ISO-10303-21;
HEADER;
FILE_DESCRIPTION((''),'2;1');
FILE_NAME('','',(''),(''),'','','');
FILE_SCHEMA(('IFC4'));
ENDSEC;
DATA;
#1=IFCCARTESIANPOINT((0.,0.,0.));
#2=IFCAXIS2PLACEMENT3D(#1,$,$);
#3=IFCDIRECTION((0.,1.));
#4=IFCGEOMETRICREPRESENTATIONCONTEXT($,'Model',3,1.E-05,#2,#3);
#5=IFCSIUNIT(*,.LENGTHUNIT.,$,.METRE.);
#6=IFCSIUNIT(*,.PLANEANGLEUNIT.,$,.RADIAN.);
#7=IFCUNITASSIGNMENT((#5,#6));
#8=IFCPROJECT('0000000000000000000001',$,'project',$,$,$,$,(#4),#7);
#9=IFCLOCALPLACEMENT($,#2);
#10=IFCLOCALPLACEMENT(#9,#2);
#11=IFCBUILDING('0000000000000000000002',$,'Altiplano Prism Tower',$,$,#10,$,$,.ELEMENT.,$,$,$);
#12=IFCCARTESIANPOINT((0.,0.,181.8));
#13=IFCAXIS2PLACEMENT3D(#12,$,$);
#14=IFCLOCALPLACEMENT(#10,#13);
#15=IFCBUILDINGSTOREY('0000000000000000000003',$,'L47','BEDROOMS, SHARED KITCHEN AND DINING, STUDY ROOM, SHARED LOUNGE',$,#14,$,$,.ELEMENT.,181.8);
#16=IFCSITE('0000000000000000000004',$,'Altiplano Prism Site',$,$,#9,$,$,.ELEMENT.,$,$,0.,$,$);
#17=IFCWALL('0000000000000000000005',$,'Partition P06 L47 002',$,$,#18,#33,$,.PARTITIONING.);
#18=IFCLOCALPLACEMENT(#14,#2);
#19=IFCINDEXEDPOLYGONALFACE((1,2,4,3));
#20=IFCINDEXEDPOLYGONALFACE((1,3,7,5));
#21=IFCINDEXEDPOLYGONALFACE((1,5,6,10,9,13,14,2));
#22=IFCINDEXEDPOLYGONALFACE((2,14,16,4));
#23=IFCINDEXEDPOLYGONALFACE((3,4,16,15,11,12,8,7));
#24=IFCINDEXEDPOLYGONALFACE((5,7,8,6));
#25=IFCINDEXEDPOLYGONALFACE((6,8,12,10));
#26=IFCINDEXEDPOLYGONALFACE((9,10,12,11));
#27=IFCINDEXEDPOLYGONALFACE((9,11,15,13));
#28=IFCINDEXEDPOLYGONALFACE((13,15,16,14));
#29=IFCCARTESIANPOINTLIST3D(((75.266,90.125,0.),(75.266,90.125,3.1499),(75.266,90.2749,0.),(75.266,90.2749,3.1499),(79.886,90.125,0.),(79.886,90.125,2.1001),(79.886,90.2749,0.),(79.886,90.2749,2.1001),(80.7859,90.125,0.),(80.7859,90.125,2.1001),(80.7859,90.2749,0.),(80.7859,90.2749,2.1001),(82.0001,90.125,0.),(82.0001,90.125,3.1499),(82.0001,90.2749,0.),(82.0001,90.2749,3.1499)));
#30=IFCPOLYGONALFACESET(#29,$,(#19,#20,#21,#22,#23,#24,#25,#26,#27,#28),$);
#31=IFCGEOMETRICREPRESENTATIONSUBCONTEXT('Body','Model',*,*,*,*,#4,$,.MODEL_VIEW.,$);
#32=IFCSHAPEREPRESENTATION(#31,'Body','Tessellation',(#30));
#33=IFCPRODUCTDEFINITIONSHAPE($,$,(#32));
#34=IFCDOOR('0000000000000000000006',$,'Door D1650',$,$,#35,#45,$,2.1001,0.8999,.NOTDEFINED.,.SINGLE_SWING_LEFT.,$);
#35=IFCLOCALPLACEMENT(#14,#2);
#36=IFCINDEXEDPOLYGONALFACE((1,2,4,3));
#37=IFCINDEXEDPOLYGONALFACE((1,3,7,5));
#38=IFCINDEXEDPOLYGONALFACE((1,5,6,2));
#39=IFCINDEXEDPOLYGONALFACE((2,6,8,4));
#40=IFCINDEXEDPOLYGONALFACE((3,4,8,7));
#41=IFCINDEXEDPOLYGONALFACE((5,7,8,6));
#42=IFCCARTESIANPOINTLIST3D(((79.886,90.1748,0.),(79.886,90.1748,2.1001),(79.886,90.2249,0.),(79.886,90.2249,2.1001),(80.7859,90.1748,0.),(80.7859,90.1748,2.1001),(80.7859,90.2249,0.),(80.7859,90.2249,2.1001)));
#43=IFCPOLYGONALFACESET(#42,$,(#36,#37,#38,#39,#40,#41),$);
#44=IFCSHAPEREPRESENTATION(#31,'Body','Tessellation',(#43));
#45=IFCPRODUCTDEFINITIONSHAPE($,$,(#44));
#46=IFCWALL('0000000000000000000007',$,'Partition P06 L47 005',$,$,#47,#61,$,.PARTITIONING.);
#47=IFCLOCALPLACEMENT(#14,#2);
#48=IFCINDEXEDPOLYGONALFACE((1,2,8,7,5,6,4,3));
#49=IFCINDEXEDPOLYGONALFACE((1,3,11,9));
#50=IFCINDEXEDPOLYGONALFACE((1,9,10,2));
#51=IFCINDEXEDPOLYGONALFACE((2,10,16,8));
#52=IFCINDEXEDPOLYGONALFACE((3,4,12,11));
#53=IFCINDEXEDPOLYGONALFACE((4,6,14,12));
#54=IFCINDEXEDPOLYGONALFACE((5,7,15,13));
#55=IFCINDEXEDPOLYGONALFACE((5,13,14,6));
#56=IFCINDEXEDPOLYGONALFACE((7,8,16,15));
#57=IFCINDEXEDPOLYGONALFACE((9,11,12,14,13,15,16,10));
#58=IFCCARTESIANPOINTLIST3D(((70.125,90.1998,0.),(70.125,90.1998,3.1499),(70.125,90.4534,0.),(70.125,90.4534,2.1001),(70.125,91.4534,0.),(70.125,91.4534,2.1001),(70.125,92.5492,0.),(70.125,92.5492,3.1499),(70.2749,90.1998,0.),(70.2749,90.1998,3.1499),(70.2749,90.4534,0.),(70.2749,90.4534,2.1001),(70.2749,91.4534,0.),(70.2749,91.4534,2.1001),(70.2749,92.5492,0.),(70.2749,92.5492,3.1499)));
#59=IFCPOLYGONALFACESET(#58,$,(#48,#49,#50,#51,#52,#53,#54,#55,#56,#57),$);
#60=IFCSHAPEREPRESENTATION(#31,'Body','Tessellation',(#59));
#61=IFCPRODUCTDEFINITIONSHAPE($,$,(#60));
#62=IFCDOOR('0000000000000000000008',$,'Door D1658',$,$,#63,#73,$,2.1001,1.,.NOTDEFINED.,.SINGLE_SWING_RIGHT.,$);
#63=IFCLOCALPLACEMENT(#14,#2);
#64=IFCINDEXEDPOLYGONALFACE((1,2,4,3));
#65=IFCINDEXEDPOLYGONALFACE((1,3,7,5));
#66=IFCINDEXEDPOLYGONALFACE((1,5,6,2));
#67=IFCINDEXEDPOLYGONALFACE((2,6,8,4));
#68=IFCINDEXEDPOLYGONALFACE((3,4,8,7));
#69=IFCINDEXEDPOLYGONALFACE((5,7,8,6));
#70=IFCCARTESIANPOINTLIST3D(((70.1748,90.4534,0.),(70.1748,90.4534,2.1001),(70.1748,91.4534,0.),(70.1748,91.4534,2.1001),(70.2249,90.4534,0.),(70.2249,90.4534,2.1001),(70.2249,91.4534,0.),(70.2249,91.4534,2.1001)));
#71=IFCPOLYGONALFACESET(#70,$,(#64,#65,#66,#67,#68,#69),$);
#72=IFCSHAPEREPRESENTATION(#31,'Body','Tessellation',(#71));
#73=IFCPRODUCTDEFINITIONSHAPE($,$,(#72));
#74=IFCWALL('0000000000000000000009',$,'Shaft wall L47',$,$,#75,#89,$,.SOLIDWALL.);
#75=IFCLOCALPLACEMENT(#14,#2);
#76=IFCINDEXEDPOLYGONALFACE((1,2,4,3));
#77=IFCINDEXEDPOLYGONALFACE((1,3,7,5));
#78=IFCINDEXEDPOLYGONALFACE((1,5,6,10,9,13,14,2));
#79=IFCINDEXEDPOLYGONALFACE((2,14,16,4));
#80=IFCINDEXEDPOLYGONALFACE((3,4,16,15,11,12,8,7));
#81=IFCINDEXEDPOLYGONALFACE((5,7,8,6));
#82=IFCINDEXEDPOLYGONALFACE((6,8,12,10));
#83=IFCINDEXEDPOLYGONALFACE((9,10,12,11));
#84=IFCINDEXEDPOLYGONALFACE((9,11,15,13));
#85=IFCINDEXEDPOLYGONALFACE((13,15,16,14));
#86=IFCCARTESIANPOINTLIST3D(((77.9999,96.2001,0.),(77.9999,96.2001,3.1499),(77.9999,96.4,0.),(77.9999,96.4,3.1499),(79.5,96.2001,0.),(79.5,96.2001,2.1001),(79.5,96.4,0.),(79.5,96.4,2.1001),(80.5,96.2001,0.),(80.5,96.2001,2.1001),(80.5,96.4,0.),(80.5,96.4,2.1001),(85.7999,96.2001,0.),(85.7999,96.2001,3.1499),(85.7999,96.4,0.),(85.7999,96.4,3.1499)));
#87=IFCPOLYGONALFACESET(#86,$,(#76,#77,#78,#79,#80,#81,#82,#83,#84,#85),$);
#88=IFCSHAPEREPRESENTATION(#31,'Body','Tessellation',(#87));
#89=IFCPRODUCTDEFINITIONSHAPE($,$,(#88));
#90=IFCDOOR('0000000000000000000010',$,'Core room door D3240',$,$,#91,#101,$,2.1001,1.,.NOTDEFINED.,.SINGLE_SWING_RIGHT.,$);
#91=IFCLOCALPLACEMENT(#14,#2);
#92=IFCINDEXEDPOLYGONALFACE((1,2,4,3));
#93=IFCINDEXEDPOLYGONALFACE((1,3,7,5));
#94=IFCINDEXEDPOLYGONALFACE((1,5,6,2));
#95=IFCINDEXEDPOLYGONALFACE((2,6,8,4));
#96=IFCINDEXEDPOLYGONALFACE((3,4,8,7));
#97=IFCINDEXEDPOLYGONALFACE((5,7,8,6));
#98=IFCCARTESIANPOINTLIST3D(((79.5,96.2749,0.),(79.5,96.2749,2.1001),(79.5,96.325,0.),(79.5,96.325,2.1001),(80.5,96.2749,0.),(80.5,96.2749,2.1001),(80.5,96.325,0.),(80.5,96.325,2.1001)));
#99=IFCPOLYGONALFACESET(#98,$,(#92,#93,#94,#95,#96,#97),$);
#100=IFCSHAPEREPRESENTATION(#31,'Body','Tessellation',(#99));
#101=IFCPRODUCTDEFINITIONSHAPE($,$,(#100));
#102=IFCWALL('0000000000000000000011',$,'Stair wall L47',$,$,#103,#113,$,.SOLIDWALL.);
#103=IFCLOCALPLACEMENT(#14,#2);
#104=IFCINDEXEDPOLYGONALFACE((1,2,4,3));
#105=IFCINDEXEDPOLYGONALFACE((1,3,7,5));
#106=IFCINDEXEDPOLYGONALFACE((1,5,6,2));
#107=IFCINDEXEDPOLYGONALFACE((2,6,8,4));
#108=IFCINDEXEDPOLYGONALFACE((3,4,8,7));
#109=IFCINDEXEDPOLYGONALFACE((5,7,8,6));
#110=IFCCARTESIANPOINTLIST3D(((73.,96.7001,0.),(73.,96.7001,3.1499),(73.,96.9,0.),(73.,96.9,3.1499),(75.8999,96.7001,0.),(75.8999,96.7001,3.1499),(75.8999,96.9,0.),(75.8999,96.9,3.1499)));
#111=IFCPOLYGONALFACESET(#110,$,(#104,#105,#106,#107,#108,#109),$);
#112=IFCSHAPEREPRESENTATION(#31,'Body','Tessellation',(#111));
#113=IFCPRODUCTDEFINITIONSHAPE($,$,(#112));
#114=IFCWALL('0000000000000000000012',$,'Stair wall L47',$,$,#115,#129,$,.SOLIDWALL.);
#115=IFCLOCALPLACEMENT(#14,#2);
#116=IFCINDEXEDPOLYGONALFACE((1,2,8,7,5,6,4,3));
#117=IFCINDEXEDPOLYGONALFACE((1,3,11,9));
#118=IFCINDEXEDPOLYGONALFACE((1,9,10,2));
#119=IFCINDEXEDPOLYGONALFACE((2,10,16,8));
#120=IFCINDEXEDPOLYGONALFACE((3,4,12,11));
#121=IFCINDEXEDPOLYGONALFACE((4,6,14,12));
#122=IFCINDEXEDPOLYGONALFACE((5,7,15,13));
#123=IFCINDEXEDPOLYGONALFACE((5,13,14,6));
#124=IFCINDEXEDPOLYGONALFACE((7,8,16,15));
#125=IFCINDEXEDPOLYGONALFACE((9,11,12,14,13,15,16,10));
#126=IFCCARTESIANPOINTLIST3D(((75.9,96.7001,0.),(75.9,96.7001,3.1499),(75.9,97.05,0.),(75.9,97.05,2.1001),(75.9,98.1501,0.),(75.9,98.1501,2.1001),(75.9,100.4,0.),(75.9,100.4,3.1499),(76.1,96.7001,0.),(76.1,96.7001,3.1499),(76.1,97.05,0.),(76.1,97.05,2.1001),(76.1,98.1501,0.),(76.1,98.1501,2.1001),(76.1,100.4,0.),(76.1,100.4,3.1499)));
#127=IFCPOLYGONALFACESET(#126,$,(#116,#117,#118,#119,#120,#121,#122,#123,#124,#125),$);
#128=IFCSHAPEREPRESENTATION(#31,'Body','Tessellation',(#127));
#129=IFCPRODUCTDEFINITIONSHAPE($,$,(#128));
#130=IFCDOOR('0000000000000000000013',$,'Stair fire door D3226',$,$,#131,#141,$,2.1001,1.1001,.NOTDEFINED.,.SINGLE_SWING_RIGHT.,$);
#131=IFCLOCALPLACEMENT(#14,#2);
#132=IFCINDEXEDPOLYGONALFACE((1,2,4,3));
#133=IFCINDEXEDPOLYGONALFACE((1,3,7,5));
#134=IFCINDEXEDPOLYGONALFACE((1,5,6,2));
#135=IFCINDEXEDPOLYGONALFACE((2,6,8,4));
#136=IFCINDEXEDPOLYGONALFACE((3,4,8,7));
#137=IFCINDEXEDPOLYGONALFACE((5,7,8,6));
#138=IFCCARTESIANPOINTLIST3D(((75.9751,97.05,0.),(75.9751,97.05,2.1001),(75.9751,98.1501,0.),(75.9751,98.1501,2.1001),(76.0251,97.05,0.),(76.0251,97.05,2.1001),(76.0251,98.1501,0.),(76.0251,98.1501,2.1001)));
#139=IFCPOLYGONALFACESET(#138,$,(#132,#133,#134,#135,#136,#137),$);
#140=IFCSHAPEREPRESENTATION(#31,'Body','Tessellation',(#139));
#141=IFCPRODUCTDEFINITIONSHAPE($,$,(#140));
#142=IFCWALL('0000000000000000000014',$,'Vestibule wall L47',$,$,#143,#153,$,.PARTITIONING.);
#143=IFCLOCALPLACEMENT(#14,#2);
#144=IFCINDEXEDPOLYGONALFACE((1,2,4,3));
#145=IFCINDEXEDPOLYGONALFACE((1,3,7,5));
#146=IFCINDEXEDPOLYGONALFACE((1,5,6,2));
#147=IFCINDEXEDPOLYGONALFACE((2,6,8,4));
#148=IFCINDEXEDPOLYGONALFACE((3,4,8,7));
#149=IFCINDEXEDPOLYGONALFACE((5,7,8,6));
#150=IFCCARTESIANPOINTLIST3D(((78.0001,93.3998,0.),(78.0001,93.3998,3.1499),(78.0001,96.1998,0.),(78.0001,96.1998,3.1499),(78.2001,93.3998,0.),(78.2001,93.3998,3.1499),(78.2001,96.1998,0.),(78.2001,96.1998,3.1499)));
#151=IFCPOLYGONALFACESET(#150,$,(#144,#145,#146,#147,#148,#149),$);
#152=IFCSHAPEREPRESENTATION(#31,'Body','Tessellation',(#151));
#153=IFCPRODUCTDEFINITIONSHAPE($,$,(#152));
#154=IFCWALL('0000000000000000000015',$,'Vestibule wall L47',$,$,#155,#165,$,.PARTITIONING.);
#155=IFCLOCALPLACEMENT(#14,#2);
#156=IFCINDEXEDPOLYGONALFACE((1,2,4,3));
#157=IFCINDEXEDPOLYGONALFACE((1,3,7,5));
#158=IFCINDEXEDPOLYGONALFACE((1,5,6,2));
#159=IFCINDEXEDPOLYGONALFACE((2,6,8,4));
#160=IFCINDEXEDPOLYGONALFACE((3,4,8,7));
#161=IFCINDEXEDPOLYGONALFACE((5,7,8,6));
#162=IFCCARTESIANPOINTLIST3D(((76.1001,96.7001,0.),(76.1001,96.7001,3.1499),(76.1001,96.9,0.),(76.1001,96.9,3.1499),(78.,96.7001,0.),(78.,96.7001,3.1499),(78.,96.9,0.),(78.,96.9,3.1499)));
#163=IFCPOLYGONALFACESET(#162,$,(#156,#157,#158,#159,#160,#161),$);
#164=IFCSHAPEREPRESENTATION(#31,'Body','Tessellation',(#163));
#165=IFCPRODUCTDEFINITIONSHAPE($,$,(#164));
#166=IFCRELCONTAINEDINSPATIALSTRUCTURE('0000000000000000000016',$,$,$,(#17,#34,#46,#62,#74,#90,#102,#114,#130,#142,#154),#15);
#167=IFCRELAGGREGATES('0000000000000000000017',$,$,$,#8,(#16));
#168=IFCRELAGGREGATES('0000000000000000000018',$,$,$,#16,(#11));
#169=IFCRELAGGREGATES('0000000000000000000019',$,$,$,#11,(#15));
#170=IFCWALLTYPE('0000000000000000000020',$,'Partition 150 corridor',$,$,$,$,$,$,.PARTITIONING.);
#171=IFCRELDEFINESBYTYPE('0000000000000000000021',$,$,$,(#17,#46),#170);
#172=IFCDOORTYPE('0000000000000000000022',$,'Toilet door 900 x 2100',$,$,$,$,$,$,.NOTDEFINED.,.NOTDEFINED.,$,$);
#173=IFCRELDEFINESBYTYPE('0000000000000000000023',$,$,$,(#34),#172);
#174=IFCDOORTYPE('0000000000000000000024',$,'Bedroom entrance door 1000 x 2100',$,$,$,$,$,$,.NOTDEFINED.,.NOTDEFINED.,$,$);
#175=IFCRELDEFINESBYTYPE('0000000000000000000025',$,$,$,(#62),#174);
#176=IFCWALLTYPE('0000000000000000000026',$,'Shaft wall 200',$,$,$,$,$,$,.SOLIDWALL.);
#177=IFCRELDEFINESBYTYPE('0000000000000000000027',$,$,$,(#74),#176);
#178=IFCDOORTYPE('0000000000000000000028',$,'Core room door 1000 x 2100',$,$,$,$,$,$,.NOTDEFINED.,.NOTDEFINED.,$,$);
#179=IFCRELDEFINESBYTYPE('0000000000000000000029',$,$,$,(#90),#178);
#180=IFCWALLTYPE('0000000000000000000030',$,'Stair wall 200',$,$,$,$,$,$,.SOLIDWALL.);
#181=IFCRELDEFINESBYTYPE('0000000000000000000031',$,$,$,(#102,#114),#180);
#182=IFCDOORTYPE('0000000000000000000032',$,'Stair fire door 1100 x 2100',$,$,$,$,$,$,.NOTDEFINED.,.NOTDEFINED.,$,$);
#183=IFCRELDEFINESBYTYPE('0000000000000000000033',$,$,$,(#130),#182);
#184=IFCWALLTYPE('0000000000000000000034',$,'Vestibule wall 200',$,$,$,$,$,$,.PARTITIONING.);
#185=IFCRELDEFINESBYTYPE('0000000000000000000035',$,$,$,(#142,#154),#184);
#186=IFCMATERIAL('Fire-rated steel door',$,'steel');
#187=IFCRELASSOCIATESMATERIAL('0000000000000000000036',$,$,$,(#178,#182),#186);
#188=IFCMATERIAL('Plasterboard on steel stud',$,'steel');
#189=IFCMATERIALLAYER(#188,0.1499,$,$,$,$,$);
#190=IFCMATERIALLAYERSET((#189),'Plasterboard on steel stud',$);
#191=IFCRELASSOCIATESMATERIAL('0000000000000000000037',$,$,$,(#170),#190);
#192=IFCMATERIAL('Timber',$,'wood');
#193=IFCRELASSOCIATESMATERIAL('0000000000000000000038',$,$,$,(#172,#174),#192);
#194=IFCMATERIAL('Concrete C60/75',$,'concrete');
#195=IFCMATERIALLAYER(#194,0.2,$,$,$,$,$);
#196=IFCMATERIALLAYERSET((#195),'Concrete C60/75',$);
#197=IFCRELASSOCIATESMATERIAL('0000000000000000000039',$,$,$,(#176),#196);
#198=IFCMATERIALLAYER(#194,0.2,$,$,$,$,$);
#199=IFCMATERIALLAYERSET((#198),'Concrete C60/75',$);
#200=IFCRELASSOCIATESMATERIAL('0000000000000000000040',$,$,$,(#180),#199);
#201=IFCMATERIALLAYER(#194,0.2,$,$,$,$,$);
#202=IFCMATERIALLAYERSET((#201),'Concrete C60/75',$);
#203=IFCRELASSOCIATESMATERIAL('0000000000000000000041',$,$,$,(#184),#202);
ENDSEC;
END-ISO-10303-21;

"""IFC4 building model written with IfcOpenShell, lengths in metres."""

from ifc_helpers import new_model, si_unit, direction, frame, frame_2d, origin, place, context, subcontext, project, spatial, rectangle, extrude, material, layer, layer_set, type_object, element, fill, save


model = new_model("IFC4")

# Units and contexts
model_context = context("Model", 3, precision=1e-05, world=origin(), true_north=direction((0.0, 1.0)))
body_context = subcontext(model_context, "Body", "Model", "MODEL_VIEW")
ifc_project = project(units=[si_unit("LENGTHUNIT", "METRE"), si_unit("PLANEANGLEUNIT", "RADIAN")], contexts=[model_context])

# Site, building, storey
site_placement = place(None, origin())
site = spatial("IfcSite", under=ifc_project, at=site_placement, Name="Altiplano Prism Site", CompositionType="ELEMENT", RefElevation=0.0)
building_placement = place(site_placement, origin())
building = spatial("IfcBuilding", under=site, at=building_placement, Name="Altiplano Prism Tower", CompositionType="ELEMENT")
storey_placement = place(building_placement, frame((0.0, 0.0, 181.8)))
storey = spatial("IfcBuildingStorey", under=building, at=storey_placement, Name="L47", Description="BEDROOMS, SHARED KITCHEN AND DINING, STUDY ROOM, SHARED LOUNGE", CompositionType="ELEMENT", Elevation=181.8)

# Shared definitions
ifc_material_1 = material(Name="Concrete C60/75", Category="concrete")
ifc_material_2 = material(Name="Fire-rated steel door", Category="steel")
door_type_1 = type_object("IfcDoorType", Name="Core room door 1000 x 2100", OperationType="NOTDEFINED", PredefinedType="NOTDEFINED", material=ifc_material_2)

# Walls, openings, doors
ifc_material_3 = material(Name="Plasterboard on steel stud", Category="steel")
ifc_layer_1 = layer(ifc_material_3, 0.1499)
ifc_layer_set_1 = layer_set([ifc_layer_1], Name="Plasterboard on steel stud")
wall_type_1 = type_object("IfcWallType", Name="Partition 150 corridor", PredefinedType="PARTITIONING", material=ifc_layer_set_1)
wall_1_placement = place(storey_placement, frame((75.2659, 90.2, 0.0), z_axis=(0.0, 0.0, 1.0), x_axis=(1.0, 0.0, 0.0)))
wall_1 = element("IfcWall", 1, at=wall_1_placement, inside=storey, type_object=wall_type_1, Name="Partition P06 L47 002", PredefinedType="PARTITIONING", context=body_context, shape_type="SweptSolid", body=[
    extrude(rectangle(XDim=6.7341, YDim=0.1499, at=frame_2d((3.3672, 0.0))), origin(), (0.0, 0.0, 1.0), 3.1499),
])
opening_1_placement = place(wall_1_placement, frame((4.6201, 0.0, 0.0)))
opening_1 = element("IfcOpeningElement", 2, at=opening_1_placement, cuts=wall_1, PredefinedType="OPENING", context=body_context, shape_type="SweptSolid", body=[
    extrude(rectangle(XDim=0.8999, YDim=2.1001, at=frame_2d((0.45, 1.05))), frame((0.0, 0.0854, 0.0), z_axis=(0.0, -1.0, 0.0), x_axis=(1.0, 0.0, 0.0)), (0.0, 0.0, 1.0), 0.1709),
])
ifc_material_4 = material(Name="Timber", Category="wood")
door_type_2 = type_object("IfcDoorType", Name="Toilet door 900 x 2100", OperationType="NOTDEFINED", PredefinedType="NOTDEFINED", material=ifc_material_4)
door_1_placement = place(opening_1_placement, origin())
door_1 = element("IfcDoor", 3, at=door_1_placement, inside=storey, type_object=door_type_2, Name="Door D1650", OperationType="SINGLE_SWING_LEFT", OverallHeight=2.1001, OverallWidth=0.8999, PredefinedType="NOTDEFINED", context=body_context, shape_type="SweptSolid", body=[
    extrude(rectangle(XDim=0.8999, YDim=2.1001, at=frame_2d((0.45, 1.05))), frame((0.0, 0.0249, 0.0), z_axis=(0.0, -1.0, 0.0), x_axis=(1.0, 0.0, 0.0)), (0.0, 0.0, 1.0), 0.05),
])
fill(opening_1, door_1)
wall_2_placement = place(storey_placement, frame((70.2, 92.5493, 0.0), z_axis=(0.0, 0.0, 1.0), x_axis=(0.0, -1.0, 0.0)))
wall_2 = element("IfcWall", 4, at=wall_2_placement, inside=storey, type_object=wall_type_1, Name="Partition P06 L47 005", PredefinedType="PARTITIONING", context=body_context, shape_type="SweptSolid", body=[
    extrude(rectangle(XDim=2.3494, YDim=0.1499, at=frame_2d((1.1748, 0.0))), origin(), (0.0, 0.0, 1.0), 3.1499),
])
opening_2_placement = place(wall_2_placement, frame((1.0959, 0.0, 0.0)))
opening_2 = element("IfcOpeningElement", 5, at=opening_2_placement, cuts=wall_2, PredefinedType="OPENING", context=body_context, shape_type="SweptSolid", body=[
    extrude(rectangle(XDim=1.0, YDim=2.1001, at=frame_2d((0.5, 1.05))), frame((0.0, 0.0854, 0.0), z_axis=(0.0, -1.0, 0.0), x_axis=(1.0, 0.0, 0.0)), (0.0, 0.0, 1.0), 0.1709),
])
door_type_3 = type_object("IfcDoorType", Name="Bedroom entrance door 1000 x 2100", OperationType="NOTDEFINED", PredefinedType="NOTDEFINED", material=ifc_material_4)
door_2_placement = place(opening_2_placement, origin())
door_2 = element("IfcDoor", 6, at=door_2_placement, inside=storey, type_object=door_type_3, Name="Door D1658", OperationType="SINGLE_SWING_RIGHT", OverallHeight=2.1001, OverallWidth=1.0, PredefinedType="NOTDEFINED", context=body_context, shape_type="SweptSolid", body=[
    extrude(rectangle(XDim=1.0, YDim=2.1001, at=frame_2d((0.5, 1.05))), frame((0.0, 0.0249, 0.0), z_axis=(0.0, -1.0, 0.0), x_axis=(1.0, 0.0, 0.0)), (0.0, 0.0, 1.0), 0.05),
])
fill(opening_2, door_2)
ifc_layer_2 = layer(ifc_material_1, 0.2)
ifc_layer_set_2 = layer_set([ifc_layer_2], Name="Concrete C60/75")
wall_type_2 = type_object("IfcWallType", Name="Shaft wall 200", PredefinedType="SOLIDWALL", material=ifc_layer_set_2)
wall_3_placement = place(storey_placement, frame((78.0, 96.3, 0.0), z_axis=(0.0, 0.0, 1.0), x_axis=(1.0, 0.0, 0.0)))
wall_3 = element("IfcWall", 7, at=wall_3_placement, inside=storey, type_object=wall_type_2, Name="Shaft wall L47", PredefinedType="SOLIDWALL", context=body_context, shape_type="SweptSolid", body=[
    extrude(rectangle(XDim=7.8, YDim=0.2, at=frame_2d((3.8999, 0.0))), origin(), (0.0, 0.0, 1.0), 3.1499),
])
opening_3_placement = place(wall_3_placement, frame((1.5, 0.0, 0.0)))
opening_3 = element("IfcOpeningElement", 8, at=opening_3_placement, cuts=wall_3, PredefinedType="OPENING", context=body_context, shape_type="SweptSolid", body=[
    extrude(rectangle(XDim=1.0, YDim=2.1001, at=frame_2d((0.5, 1.05))), frame((0.0, 0.1104, 0.0), z_axis=(0.0, -1.0, 0.0), x_axis=(1.0, 0.0, 0.0)), (0.0, 0.0, 1.0), 0.2209),
])
door_3_placement = place(opening_3_placement, origin())
door_3 = element("IfcDoor", 9, at=door_3_placement, inside=storey, type_object=door_type_1, Name="Core room door D3240", OperationType="SINGLE_SWING_RIGHT", OverallHeight=2.1001, OverallWidth=1.0, PredefinedType="NOTDEFINED", context=body_context, shape_type="SweptSolid", body=[
    extrude(rectangle(XDim=1.0, YDim=2.1001, at=frame_2d((0.5, 1.05))), frame((0.0, 0.0249, 0.0), z_axis=(0.0, -1.0, 0.0), x_axis=(1.0, 0.0, 0.0)), (0.0, 0.0, 1.0), 0.05),
])
fill(opening_3, door_3)

# Wall
ifc_layer_3 = layer(ifc_material_1, 0.2)
ifc_layer_set_3 = layer_set([ifc_layer_3], Name="Concrete C60/75")
wall_type_3 = type_object("IfcWallType", Name="Stair wall 200", PredefinedType="SOLIDWALL", material=ifc_layer_set_3)
wall_4_placement = place(storey_placement, frame((73.0, 96.8, 0.0), z_axis=(0.0, 0.0, 1.0), x_axis=(1.0, 0.0, 0.0)))
element("IfcWall", 10, at=wall_4_placement, inside=storey, type_object=wall_type_3, Name="Stair wall L47", PredefinedType="SOLIDWALL", context=body_context, shape_type="SweptSolid", body=[
    extrude(rectangle(XDim=2.8999, YDim=0.2, at=frame_2d((1.45, 0.0))), origin(), (0.0, 0.0, 1.0), 3.1499),
])

# Wall, opening, door
wall_5_placement = place(storey_placement, frame((76.0, 96.7, 0.0), z_axis=(0.0, 0.0, 1.0), x_axis=(0.0, 1.0, 0.0)))
wall_5 = element("IfcWall", 11, at=wall_5_placement, inside=storey, type_object=wall_type_3, Name="Stair wall L47", PredefinedType="SOLIDWALL", context=body_context, shape_type="SweptSolid", body=[
    extrude(rectangle(XDim=3.7, YDim=0.2, at=frame_2d((1.8501, 0.0))), origin(), (0.0, 0.0, 1.0), 3.1499),
])
opening_4_placement = place(wall_5_placement, frame((0.3501, 0.0, 0.0)))
opening_4 = element("IfcOpeningElement", 12, at=opening_4_placement, cuts=wall_5, PredefinedType="OPENING", context=body_context, shape_type="SweptSolid", body=[
    extrude(rectangle(XDim=1.1001, YDim=2.1001, at=frame_2d((0.55, 1.05))), frame((0.0, 0.1104, 0.0), z_axis=(0.0, -1.0, 0.0), x_axis=(1.0, 0.0, 0.0)), (0.0, 0.0, 1.0), 0.2209),
])
door_type_4 = type_object("IfcDoorType", Name="Stair fire door 1100 x 2100", OperationType="NOTDEFINED", PredefinedType="NOTDEFINED", material=ifc_material_2)
door_4_placement = place(opening_4_placement, origin())
door_4 = element("IfcDoor", 13, at=door_4_placement, inside=storey, type_object=door_type_4, Name="Stair fire door D3226", OperationType="SINGLE_SWING_RIGHT", OverallHeight=2.1001, OverallWidth=1.1001, PredefinedType="NOTDEFINED", context=body_context, shape_type="SweptSolid", body=[
    extrude(rectangle(XDim=1.1001, YDim=2.1001, at=frame_2d((0.55, 1.05))), frame((0.0, 0.0249, 0.0), z_axis=(0.0, -1.0, 0.0), x_axis=(1.0, 0.0, 0.0)), (0.0, 0.0, 1.0), 0.05),
])
fill(opening_4, door_4)

# Walls
ifc_layer_4 = layer(ifc_material_1, 0.2)
ifc_layer_set_4 = layer_set([ifc_layer_4], Name="Concrete C60/75")
wall_type_4 = type_object("IfcWallType", Name="Vestibule wall 200", PredefinedType="PARTITIONING", material=ifc_layer_set_4)
wall_6_placement = place(storey_placement, frame((78.1001, 93.3999, 0.0), z_axis=(0.0, 0.0, 1.0), x_axis=(0.0, 1.0, 0.0)))
element("IfcWall", 14, at=wall_6_placement, inside=storey, type_object=wall_type_4, Name="Vestibule wall L47", PredefinedType="PARTITIONING", context=body_context, shape_type="SweptSolid", body=[
    extrude(rectangle(XDim=2.8, YDim=0.2, at=frame_2d((1.3999, 0.0))), origin(), (0.0, 0.0, 1.0), 3.1499),
])
wall_7_placement = place(storey_placement, frame((76.1001, 96.8, 0.0), z_axis=(0.0, 0.0, 1.0), x_axis=(1.0, 0.0, 0.0)))
element("IfcWall", 15, at=wall_7_placement, inside=storey, type_object=wall_type_4, Name="Vestibule wall L47", PredefinedType="PARTITIONING", context=body_context, shape_type="SweptSolid", body=[
    extrude(rectangle(XDim=1.8999, YDim=0.2, at=frame_2d((0.95, 0.0))), origin(), (0.0, 0.0, 1.0), 3.1499),
])

save(model, "model.ifc")
